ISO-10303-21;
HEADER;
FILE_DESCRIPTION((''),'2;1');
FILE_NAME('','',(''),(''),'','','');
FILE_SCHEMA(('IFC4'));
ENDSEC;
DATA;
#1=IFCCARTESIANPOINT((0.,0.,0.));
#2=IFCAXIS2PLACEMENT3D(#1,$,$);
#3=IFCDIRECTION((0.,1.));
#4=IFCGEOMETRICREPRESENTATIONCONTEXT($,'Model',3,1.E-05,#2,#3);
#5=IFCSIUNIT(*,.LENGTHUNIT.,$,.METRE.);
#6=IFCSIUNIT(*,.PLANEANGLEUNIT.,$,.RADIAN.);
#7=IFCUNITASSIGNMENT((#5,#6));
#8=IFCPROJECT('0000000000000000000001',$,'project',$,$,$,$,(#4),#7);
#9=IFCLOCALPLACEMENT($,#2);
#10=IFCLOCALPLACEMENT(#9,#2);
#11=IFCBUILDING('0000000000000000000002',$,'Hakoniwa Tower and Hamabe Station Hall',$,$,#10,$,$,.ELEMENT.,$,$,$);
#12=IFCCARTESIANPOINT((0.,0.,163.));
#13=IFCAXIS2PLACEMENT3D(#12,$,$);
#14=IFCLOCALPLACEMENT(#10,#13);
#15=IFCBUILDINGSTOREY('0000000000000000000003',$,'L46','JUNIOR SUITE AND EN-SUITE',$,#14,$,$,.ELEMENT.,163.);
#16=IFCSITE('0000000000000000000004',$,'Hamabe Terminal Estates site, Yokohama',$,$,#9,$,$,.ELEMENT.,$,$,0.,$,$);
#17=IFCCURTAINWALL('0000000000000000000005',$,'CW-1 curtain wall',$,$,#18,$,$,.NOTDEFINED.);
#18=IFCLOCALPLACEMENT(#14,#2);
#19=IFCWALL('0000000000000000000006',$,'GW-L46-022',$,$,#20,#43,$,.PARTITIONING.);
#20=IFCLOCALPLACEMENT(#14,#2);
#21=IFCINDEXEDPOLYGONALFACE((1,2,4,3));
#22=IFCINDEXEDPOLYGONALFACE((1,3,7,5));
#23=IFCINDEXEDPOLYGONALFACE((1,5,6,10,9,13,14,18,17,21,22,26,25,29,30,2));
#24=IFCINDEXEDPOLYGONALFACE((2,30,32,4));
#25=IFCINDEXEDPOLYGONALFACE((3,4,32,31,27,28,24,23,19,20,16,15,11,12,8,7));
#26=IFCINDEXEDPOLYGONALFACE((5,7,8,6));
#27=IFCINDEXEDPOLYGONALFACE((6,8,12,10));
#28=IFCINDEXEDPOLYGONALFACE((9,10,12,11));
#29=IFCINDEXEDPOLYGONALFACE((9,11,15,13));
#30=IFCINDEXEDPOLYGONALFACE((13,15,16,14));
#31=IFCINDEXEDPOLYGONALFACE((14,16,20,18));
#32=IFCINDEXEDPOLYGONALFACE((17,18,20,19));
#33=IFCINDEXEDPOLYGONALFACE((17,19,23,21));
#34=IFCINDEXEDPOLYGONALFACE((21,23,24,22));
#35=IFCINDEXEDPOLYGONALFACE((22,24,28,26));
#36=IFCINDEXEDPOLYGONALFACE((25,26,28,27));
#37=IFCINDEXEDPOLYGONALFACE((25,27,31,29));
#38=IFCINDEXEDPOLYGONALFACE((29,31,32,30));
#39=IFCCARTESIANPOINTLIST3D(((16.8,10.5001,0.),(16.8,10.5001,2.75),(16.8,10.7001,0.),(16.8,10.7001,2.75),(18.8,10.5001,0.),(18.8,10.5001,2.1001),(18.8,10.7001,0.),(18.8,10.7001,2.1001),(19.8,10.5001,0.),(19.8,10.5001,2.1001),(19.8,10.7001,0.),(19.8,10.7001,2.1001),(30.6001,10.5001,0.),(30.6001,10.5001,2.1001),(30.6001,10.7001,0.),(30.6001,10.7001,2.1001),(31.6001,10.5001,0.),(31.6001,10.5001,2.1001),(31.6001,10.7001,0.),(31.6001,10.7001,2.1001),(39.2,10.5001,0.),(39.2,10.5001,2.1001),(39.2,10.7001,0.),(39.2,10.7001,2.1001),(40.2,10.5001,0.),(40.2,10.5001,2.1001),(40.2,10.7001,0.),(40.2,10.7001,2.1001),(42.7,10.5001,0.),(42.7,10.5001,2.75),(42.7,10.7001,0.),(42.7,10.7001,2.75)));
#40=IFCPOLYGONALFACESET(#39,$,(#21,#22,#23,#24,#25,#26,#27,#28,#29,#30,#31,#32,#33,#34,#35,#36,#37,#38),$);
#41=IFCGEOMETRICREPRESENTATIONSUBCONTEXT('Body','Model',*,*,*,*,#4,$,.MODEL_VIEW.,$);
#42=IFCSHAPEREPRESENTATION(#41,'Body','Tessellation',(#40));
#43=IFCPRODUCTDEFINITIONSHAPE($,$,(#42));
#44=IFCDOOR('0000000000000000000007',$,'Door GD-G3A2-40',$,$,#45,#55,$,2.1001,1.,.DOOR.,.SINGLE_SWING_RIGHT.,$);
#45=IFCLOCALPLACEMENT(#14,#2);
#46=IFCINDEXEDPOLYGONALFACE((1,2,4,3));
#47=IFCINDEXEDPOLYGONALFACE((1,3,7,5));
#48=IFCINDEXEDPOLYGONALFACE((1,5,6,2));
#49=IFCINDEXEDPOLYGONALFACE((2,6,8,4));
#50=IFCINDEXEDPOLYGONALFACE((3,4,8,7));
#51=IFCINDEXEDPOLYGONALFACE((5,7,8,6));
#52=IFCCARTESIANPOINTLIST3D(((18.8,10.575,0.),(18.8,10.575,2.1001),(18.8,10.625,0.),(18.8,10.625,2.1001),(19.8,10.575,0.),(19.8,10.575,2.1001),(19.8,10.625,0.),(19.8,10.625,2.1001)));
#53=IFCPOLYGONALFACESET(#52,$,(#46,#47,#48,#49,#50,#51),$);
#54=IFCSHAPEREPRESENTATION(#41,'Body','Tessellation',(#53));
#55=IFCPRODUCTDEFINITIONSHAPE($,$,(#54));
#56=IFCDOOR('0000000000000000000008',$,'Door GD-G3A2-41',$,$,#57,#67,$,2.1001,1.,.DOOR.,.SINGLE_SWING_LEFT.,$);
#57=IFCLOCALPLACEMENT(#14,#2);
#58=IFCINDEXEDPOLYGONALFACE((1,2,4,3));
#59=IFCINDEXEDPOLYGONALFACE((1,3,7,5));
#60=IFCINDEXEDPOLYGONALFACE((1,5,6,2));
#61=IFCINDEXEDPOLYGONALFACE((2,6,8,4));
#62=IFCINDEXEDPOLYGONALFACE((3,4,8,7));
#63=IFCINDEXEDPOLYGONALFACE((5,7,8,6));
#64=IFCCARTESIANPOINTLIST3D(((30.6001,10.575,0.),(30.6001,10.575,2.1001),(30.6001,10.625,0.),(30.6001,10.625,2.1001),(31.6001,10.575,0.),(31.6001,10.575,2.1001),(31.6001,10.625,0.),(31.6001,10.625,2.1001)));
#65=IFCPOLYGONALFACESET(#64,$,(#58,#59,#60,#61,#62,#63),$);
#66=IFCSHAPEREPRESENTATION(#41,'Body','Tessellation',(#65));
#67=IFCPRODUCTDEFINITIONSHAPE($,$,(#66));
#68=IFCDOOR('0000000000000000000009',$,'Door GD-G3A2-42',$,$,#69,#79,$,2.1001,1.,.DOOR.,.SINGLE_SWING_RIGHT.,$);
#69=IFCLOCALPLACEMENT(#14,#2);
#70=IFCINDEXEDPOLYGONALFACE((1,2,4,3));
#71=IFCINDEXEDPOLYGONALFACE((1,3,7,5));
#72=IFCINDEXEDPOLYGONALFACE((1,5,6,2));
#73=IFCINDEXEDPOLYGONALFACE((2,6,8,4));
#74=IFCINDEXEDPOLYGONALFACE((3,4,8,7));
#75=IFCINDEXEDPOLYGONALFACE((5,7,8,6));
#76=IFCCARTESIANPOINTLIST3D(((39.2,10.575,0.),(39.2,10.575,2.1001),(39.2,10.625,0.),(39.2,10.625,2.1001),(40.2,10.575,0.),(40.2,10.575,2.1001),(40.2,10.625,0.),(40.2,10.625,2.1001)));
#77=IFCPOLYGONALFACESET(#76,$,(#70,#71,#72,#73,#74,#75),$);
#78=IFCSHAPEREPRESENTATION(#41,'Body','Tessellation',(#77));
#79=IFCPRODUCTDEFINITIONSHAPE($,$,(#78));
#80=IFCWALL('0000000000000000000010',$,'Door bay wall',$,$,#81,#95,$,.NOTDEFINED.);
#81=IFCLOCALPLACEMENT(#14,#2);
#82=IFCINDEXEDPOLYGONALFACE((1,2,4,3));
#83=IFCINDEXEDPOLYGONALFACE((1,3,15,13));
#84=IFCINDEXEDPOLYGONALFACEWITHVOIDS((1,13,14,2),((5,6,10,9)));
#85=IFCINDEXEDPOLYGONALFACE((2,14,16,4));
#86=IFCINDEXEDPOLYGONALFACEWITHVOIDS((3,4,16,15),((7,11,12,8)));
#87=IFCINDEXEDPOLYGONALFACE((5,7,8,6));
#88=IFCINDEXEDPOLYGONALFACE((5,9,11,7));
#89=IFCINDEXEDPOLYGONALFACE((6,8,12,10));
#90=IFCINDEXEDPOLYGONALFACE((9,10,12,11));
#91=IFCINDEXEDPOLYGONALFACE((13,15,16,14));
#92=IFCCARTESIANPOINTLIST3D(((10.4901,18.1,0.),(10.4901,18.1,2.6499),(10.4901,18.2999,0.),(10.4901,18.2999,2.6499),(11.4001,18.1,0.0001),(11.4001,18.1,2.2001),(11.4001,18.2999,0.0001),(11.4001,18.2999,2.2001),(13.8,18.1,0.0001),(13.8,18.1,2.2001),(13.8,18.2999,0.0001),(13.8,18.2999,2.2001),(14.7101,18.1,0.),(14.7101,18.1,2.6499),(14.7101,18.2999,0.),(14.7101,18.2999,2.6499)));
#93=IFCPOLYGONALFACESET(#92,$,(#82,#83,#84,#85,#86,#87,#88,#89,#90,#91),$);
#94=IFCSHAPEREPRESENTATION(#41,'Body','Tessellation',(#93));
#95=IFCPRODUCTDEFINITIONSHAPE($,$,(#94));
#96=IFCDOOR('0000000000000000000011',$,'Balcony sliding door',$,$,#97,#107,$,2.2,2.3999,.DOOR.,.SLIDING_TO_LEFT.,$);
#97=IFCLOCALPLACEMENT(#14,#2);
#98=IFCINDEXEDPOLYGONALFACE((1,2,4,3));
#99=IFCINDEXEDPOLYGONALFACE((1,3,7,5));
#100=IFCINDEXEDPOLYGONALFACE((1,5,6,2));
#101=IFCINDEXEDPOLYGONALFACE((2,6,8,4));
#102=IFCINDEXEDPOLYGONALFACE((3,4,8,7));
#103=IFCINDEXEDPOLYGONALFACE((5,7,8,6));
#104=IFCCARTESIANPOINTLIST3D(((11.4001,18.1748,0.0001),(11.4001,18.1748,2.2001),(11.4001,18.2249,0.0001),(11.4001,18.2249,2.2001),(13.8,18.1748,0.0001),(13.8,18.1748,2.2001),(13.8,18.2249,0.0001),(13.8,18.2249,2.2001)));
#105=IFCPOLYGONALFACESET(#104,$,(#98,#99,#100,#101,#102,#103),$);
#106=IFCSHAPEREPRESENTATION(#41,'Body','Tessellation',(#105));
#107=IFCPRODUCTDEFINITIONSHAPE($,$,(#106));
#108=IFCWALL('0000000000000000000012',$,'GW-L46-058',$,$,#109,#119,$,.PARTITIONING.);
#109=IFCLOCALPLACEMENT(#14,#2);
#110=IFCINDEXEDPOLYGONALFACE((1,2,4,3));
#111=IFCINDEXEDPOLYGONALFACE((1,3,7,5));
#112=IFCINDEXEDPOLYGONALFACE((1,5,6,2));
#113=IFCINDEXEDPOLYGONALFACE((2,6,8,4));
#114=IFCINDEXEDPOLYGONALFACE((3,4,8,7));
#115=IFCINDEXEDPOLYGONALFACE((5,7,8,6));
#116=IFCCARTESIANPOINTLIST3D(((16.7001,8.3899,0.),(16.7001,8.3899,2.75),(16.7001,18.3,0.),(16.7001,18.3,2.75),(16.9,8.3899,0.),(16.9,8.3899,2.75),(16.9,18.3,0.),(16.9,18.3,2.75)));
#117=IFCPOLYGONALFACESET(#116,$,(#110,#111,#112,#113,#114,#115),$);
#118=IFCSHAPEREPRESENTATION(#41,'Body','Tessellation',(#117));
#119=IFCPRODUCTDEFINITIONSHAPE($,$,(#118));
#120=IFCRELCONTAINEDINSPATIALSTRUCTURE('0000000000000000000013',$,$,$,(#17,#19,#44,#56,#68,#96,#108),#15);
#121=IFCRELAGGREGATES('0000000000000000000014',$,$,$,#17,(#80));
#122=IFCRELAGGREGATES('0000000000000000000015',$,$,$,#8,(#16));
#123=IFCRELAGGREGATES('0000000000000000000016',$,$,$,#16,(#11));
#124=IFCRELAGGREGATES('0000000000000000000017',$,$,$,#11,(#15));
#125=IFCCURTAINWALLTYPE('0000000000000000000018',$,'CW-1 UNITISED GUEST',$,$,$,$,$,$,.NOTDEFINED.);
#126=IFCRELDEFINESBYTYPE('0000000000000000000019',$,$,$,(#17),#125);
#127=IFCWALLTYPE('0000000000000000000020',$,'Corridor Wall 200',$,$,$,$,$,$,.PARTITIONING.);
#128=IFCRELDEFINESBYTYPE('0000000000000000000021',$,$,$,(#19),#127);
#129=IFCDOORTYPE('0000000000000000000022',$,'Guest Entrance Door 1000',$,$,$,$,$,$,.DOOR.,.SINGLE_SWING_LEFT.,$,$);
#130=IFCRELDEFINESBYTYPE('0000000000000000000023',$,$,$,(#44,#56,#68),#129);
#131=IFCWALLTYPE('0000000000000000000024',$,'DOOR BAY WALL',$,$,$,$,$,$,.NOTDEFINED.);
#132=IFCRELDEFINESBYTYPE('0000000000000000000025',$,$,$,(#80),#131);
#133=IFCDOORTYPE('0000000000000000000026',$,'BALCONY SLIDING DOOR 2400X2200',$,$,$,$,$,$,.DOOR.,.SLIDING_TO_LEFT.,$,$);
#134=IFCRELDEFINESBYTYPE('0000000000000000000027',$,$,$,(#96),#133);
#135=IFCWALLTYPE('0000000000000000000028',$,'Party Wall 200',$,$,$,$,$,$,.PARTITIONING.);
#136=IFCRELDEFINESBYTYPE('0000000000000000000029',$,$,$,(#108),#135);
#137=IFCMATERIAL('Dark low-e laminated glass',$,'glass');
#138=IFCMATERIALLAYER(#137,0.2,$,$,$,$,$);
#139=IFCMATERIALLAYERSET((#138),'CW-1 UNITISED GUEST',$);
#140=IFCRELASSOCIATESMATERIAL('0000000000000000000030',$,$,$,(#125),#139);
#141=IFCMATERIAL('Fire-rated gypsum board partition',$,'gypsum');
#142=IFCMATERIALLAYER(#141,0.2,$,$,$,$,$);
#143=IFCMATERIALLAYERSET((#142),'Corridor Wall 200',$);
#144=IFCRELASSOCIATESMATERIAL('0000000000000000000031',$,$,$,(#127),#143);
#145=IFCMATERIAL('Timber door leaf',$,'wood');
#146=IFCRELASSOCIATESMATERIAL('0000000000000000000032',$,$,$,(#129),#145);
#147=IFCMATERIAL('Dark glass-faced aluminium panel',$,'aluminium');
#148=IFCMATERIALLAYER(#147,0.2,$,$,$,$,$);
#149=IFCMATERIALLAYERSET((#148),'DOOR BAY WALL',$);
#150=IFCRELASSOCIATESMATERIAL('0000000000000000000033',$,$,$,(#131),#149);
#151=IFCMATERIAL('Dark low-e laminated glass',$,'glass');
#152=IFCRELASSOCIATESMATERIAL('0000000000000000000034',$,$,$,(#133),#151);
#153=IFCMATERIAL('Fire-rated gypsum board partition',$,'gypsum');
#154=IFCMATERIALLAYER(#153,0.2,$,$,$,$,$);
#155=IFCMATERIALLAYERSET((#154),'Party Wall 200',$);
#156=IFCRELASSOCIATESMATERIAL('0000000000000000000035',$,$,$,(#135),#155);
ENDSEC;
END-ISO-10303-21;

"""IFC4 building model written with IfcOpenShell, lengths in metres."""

from ifc_helpers import new_model, si_unit, direction, frame, frame_2d, origin, place, context, subcontext, project, spatial, rectangle, extrude, material, layer, layer_set, type_object, element, fill, aggregate, save


model = new_model("IFC4")

# Units and contexts
model_context = context("Model", 3, precision=1e-05, world=origin(), true_north=direction((0.0, 1.0)))
body_context = subcontext(model_context, "Body", "Model", "MODEL_VIEW")
ifc_project = project(units=[si_unit("LENGTHUNIT", "METRE"), si_unit("PLANEANGLEUNIT", "RADIAN")], contexts=[model_context])

# Site, building, storey
site_placement = place(None, origin())
site = spatial("IfcSite", under=ifc_project, at=site_placement, Name="Hamabe Terminal Estates site, Yokohama", CompositionType="ELEMENT", RefElevation=0.0)
building_placement = place(site_placement, origin())
building = spatial("IfcBuilding", under=site, at=building_placement, Name="Hakoniwa Tower and Hamabe Station Hall", CompositionType="ELEMENT")
storey_placement = place(building_placement, frame((0.0, 0.0, 163.0)))
storey = spatial("IfcBuildingStorey", under=building, at=storey_placement, Name="L46", Description="JUNIOR SUITE AND EN-SUITE", CompositionType="ELEMENT", Elevation=163.0)

# Curtain wall
ifc_material_1 = material(Name="Dark low-e laminated glass", Category="glass")
ifc_layer_1 = layer(ifc_material_1, 0.2)
ifc_layer_set_1 = layer_set([ifc_layer_1], Name="CW-1 UNITISED GUEST")
curtain_wall_type = type_object("IfcCurtainWallType", Name="CW-1 UNITISED GUEST", PredefinedType="NOTDEFINED", material=ifc_layer_set_1)
curtain_wall_placement = place(storey_placement, origin())
curtain_wall = element("IfcCurtainWall", 1, at=curtain_wall_placement, inside=storey, type_object=curtain_wall_type, Name="CW-1 curtain wall", PredefinedType="NOTDEFINED")

# Wall, openings, doors
ifc_material_2 = material(Name="Fire-rated gypsum board partition", Category="gypsum")
ifc_layer_2 = layer(ifc_material_2, 0.2)
ifc_layer_set_2 = layer_set([ifc_layer_2], Name="Corridor Wall 200")
wall_type_1 = type_object("IfcWallType", Name="Corridor Wall 200", PredefinedType="PARTITIONING", material=ifc_layer_set_2)
wall_1_placement = place(storey_placement, frame((16.8, 10.6001, 0.0), z_axis=(0.0, 0.0, 1.0), x_axis=(1.0, 0.0, 0.0)))
wall_1 = element("IfcWall", 2, at=wall_1_placement, inside=storey, type_object=wall_type_1, Name="GW-L46-022", PredefinedType="PARTITIONING", context=body_context, shape_type="SweptSolid", body=[
    extrude(rectangle(XDim=25.8999, YDim=0.2, at=frame_2d((12.95, 0.0))), origin(), (0.0, 0.0, 1.0), 2.75),
])
opening_1_placement = place(wall_1_placement, frame((2.0, 0.0, 0.0)))
opening_1 = element("IfcOpeningElement", 3, at=opening_1_placement, cuts=wall_1, PredefinedType="OPENING", context=body_context, shape_type="SweptSolid", body=[
    extrude(rectangle(XDim=1.0, YDim=2.1001, at=frame_2d((0.5, 1.05))), frame((0.0, 0.1099, 0.0), z_axis=(0.0, -1.0, 0.0), x_axis=(1.0, 0.0, 0.0)), (0.0, 0.0, 1.0), 0.22),
])
opening_2_placement = place(wall_1_placement, frame((13.8, 0.0, 0.0)))
opening_2 = element("IfcOpeningElement", 4, at=opening_2_placement, cuts=wall_1, PredefinedType="OPENING", context=body_context, shape_type="SweptSolid", body=[
    extrude(rectangle(XDim=1.0, YDim=2.1001, at=frame_2d((0.5, 1.05))), frame((0.0, 0.1099, 0.0), z_axis=(0.0, -1.0, 0.0), x_axis=(1.0, 0.0, 0.0)), (0.0, 0.0, 1.0), 0.22),
])
opening_3_placement = place(wall_1_placement, frame((22.3999, 0.0, 0.0)))
opening_3 = element("IfcOpeningElement", 5, at=opening_3_placement, cuts=wall_1, PredefinedType="OPENING", context=body_context, shape_type="SweptSolid", body=[
    extrude(rectangle(XDim=1.0, YDim=2.1001, at=frame_2d((0.5, 1.05))), frame((0.0, 0.1099, 0.0), z_axis=(0.0, -1.0, 0.0), x_axis=(1.0, 0.0, 0.0)), (0.0, 0.0, 1.0), 0.22),
])
ifc_material_3 = material(Name="Timber door leaf", Category="wood")
door_type_1 = type_object("IfcDoorType", Name="Guest Entrance Door 1000", OperationType="SINGLE_SWING_LEFT", PredefinedType="DOOR", material=ifc_material_3)
door_1_placement = place(opening_1_placement, origin())
door_1 = element("IfcDoor", 6, at=door_1_placement, inside=storey, type_object=door_type_1, Name="Door GD-G3A2-40", OperationType="SINGLE_SWING_RIGHT", OverallHeight=2.1001, OverallWidth=1.0, PredefinedType="DOOR", context=body_context, shape_type="SweptSolid", body=[
    extrude(rectangle(XDim=1.0, YDim=2.1001, at=frame_2d((0.5, 1.05))), frame((0.0, 0.0249, 0.0), z_axis=(0.0, -1.0, 0.0), x_axis=(1.0, 0.0, 0.0)), (0.0, 0.0, 1.0), 0.05),
])
fill(opening_1, door_1)
door_2_placement = place(opening_2_placement, origin())
door_2 = element("IfcDoor", 7, at=door_2_placement, inside=storey, type_object=door_type_1, Name="Door GD-G3A2-41", OperationType="SINGLE_SWING_LEFT", OverallHeight=2.1001, OverallWidth=1.0, PredefinedType="DOOR", context=body_context, shape_type="SweptSolid", body=[
    extrude(rectangle(XDim=1.0, YDim=2.1001, at=frame_2d((0.5, 1.05))), frame((0.0, 0.0249, 0.0), z_axis=(0.0, -1.0, 0.0), x_axis=(1.0, 0.0, 0.0)), (0.0, 0.0, 1.0), 0.05),
])
fill(opening_2, door_2)
door_3_placement = place(opening_3_placement, origin())
door_3 = element("IfcDoor", 8, at=door_3_placement, inside=storey, type_object=door_type_1, Name="Door GD-G3A2-42", OperationType="SINGLE_SWING_RIGHT", OverallHeight=2.1001, OverallWidth=1.0, PredefinedType="DOOR", context=body_context, shape_type="SweptSolid", body=[
    extrude(rectangle(XDim=1.0, YDim=2.1001, at=frame_2d((0.5, 1.05))), frame((0.0, 0.0249, 0.0), z_axis=(0.0, -1.0, 0.0), x_axis=(1.0, 0.0, 0.0)), (0.0, 0.0, 1.0), 0.05),
])
fill(opening_3, door_3)

# Wall, opening, door
ifc_material_4 = material(Name="Dark glass-faced aluminium panel", Category="aluminium")
ifc_layer_3 = layer(ifc_material_4, 0.2)
ifc_layer_set_3 = layer_set([ifc_layer_3], Name="DOOR BAY WALL")
wall_type_2 = type_object("IfcWallType", Name="DOOR BAY WALL", PredefinedType="NOTDEFINED", material=ifc_layer_set_3)
wall_2_placement = place(storey_placement, frame((14.71, 18.2, 0.0), z_axis=(0.0, 0.0, 1.0), x_axis=(-1.0, 0.0, 0.0)))
wall_2 = element("IfcWall", 9, at=wall_2_placement, type_object=wall_type_2, Name="Door bay wall", PredefinedType="NOTDEFINED", context=body_context, shape_type="SweptSolid", body=[
    extrude(rectangle(XDim=4.22, YDim=0.2, at=frame_2d((2.1099, 0.0))), origin(), (0.0, 0.0, 1.0), 2.6499),
])
opening_4_placement = place(wall_2_placement, frame((0.9099, 0.0, 0.0)))
opening_4 = element("IfcOpeningElement", 10, at=opening_4_placement, cuts=wall_2, PredefinedType="OPENING", context=body_context, shape_type="SweptSolid", body=[
    extrude(rectangle(XDim=2.3999, YDim=2.2, at=frame_2d((1.2, 1.1001))), frame((0.0, 0.1099, 0.0), z_axis=(0.0, -1.0, 0.0), x_axis=(1.0, 0.0, 0.0)), (0.0, 0.0, 1.0), 0.22),
])
ifc_material_5 = material(Name="Dark low-e laminated glass", Category="glass")
door_type_2 = type_object("IfcDoorType", Name="BALCONY SLIDING DOOR 2400X2200", OperationType="SLIDING_TO_LEFT", PredefinedType="DOOR", material=ifc_material_5)
door_4_placement = place(opening_4_placement, frame((2.3999, 0.0, 0.0), z_axis=(0.0, 0.0, 1.0), x_axis=(-1.0, 0.0, 0.0)))
door_4 = element("IfcDoor", 11, at=door_4_placement, inside=storey, type_object=door_type_2, Name="Balcony sliding door", OperationType="SLIDING_TO_LEFT", OverallHeight=2.2, OverallWidth=2.3999, PredefinedType="DOOR", context=body_context, shape_type="SweptSolid", body=[
    extrude(rectangle(XDim=2.3999, YDim=2.2, at=frame_2d((1.2, 1.1001))), frame((0.0, 0.0249, 0.0), z_axis=(0.0, -1.0, 0.0), x_axis=(1.0, 0.0, 0.0)), (0.0, 0.0, 1.0), 0.05),
])
fill(opening_4, door_4)
aggregate(curtain_wall, [wall_2])

# Wall
ifc_material_6 = material(Name="Fire-rated gypsum board partition", Category="gypsum")
ifc_layer_4 = layer(ifc_material_6, 0.2)
ifc_layer_set_4 = layer_set([ifc_layer_4], Name="Party Wall 200")
wall_type_3 = type_object("IfcWallType", Name="Party Wall 200", PredefinedType="PARTITIONING", material=ifc_layer_set_4)
wall_3_placement = place(storey_placement, frame((16.8, 8.3899, 0.0), z_axis=(0.0, 0.0, 1.0), x_axis=(0.0, 1.0, 0.0)))
element("IfcWall", 12, at=wall_3_placement, inside=storey, type_object=wall_type_3, Name="GW-L46-058", PredefinedType="PARTITIONING", context=body_context, shape_type="SweptSolid", body=[
    extrude(rectangle(XDim=9.9102, YDim=0.2, at=frame_2d((4.9551, 0.0))), origin(), (0.0, 0.0, 1.0), 2.75),
])

save(model, "model.ifc")
